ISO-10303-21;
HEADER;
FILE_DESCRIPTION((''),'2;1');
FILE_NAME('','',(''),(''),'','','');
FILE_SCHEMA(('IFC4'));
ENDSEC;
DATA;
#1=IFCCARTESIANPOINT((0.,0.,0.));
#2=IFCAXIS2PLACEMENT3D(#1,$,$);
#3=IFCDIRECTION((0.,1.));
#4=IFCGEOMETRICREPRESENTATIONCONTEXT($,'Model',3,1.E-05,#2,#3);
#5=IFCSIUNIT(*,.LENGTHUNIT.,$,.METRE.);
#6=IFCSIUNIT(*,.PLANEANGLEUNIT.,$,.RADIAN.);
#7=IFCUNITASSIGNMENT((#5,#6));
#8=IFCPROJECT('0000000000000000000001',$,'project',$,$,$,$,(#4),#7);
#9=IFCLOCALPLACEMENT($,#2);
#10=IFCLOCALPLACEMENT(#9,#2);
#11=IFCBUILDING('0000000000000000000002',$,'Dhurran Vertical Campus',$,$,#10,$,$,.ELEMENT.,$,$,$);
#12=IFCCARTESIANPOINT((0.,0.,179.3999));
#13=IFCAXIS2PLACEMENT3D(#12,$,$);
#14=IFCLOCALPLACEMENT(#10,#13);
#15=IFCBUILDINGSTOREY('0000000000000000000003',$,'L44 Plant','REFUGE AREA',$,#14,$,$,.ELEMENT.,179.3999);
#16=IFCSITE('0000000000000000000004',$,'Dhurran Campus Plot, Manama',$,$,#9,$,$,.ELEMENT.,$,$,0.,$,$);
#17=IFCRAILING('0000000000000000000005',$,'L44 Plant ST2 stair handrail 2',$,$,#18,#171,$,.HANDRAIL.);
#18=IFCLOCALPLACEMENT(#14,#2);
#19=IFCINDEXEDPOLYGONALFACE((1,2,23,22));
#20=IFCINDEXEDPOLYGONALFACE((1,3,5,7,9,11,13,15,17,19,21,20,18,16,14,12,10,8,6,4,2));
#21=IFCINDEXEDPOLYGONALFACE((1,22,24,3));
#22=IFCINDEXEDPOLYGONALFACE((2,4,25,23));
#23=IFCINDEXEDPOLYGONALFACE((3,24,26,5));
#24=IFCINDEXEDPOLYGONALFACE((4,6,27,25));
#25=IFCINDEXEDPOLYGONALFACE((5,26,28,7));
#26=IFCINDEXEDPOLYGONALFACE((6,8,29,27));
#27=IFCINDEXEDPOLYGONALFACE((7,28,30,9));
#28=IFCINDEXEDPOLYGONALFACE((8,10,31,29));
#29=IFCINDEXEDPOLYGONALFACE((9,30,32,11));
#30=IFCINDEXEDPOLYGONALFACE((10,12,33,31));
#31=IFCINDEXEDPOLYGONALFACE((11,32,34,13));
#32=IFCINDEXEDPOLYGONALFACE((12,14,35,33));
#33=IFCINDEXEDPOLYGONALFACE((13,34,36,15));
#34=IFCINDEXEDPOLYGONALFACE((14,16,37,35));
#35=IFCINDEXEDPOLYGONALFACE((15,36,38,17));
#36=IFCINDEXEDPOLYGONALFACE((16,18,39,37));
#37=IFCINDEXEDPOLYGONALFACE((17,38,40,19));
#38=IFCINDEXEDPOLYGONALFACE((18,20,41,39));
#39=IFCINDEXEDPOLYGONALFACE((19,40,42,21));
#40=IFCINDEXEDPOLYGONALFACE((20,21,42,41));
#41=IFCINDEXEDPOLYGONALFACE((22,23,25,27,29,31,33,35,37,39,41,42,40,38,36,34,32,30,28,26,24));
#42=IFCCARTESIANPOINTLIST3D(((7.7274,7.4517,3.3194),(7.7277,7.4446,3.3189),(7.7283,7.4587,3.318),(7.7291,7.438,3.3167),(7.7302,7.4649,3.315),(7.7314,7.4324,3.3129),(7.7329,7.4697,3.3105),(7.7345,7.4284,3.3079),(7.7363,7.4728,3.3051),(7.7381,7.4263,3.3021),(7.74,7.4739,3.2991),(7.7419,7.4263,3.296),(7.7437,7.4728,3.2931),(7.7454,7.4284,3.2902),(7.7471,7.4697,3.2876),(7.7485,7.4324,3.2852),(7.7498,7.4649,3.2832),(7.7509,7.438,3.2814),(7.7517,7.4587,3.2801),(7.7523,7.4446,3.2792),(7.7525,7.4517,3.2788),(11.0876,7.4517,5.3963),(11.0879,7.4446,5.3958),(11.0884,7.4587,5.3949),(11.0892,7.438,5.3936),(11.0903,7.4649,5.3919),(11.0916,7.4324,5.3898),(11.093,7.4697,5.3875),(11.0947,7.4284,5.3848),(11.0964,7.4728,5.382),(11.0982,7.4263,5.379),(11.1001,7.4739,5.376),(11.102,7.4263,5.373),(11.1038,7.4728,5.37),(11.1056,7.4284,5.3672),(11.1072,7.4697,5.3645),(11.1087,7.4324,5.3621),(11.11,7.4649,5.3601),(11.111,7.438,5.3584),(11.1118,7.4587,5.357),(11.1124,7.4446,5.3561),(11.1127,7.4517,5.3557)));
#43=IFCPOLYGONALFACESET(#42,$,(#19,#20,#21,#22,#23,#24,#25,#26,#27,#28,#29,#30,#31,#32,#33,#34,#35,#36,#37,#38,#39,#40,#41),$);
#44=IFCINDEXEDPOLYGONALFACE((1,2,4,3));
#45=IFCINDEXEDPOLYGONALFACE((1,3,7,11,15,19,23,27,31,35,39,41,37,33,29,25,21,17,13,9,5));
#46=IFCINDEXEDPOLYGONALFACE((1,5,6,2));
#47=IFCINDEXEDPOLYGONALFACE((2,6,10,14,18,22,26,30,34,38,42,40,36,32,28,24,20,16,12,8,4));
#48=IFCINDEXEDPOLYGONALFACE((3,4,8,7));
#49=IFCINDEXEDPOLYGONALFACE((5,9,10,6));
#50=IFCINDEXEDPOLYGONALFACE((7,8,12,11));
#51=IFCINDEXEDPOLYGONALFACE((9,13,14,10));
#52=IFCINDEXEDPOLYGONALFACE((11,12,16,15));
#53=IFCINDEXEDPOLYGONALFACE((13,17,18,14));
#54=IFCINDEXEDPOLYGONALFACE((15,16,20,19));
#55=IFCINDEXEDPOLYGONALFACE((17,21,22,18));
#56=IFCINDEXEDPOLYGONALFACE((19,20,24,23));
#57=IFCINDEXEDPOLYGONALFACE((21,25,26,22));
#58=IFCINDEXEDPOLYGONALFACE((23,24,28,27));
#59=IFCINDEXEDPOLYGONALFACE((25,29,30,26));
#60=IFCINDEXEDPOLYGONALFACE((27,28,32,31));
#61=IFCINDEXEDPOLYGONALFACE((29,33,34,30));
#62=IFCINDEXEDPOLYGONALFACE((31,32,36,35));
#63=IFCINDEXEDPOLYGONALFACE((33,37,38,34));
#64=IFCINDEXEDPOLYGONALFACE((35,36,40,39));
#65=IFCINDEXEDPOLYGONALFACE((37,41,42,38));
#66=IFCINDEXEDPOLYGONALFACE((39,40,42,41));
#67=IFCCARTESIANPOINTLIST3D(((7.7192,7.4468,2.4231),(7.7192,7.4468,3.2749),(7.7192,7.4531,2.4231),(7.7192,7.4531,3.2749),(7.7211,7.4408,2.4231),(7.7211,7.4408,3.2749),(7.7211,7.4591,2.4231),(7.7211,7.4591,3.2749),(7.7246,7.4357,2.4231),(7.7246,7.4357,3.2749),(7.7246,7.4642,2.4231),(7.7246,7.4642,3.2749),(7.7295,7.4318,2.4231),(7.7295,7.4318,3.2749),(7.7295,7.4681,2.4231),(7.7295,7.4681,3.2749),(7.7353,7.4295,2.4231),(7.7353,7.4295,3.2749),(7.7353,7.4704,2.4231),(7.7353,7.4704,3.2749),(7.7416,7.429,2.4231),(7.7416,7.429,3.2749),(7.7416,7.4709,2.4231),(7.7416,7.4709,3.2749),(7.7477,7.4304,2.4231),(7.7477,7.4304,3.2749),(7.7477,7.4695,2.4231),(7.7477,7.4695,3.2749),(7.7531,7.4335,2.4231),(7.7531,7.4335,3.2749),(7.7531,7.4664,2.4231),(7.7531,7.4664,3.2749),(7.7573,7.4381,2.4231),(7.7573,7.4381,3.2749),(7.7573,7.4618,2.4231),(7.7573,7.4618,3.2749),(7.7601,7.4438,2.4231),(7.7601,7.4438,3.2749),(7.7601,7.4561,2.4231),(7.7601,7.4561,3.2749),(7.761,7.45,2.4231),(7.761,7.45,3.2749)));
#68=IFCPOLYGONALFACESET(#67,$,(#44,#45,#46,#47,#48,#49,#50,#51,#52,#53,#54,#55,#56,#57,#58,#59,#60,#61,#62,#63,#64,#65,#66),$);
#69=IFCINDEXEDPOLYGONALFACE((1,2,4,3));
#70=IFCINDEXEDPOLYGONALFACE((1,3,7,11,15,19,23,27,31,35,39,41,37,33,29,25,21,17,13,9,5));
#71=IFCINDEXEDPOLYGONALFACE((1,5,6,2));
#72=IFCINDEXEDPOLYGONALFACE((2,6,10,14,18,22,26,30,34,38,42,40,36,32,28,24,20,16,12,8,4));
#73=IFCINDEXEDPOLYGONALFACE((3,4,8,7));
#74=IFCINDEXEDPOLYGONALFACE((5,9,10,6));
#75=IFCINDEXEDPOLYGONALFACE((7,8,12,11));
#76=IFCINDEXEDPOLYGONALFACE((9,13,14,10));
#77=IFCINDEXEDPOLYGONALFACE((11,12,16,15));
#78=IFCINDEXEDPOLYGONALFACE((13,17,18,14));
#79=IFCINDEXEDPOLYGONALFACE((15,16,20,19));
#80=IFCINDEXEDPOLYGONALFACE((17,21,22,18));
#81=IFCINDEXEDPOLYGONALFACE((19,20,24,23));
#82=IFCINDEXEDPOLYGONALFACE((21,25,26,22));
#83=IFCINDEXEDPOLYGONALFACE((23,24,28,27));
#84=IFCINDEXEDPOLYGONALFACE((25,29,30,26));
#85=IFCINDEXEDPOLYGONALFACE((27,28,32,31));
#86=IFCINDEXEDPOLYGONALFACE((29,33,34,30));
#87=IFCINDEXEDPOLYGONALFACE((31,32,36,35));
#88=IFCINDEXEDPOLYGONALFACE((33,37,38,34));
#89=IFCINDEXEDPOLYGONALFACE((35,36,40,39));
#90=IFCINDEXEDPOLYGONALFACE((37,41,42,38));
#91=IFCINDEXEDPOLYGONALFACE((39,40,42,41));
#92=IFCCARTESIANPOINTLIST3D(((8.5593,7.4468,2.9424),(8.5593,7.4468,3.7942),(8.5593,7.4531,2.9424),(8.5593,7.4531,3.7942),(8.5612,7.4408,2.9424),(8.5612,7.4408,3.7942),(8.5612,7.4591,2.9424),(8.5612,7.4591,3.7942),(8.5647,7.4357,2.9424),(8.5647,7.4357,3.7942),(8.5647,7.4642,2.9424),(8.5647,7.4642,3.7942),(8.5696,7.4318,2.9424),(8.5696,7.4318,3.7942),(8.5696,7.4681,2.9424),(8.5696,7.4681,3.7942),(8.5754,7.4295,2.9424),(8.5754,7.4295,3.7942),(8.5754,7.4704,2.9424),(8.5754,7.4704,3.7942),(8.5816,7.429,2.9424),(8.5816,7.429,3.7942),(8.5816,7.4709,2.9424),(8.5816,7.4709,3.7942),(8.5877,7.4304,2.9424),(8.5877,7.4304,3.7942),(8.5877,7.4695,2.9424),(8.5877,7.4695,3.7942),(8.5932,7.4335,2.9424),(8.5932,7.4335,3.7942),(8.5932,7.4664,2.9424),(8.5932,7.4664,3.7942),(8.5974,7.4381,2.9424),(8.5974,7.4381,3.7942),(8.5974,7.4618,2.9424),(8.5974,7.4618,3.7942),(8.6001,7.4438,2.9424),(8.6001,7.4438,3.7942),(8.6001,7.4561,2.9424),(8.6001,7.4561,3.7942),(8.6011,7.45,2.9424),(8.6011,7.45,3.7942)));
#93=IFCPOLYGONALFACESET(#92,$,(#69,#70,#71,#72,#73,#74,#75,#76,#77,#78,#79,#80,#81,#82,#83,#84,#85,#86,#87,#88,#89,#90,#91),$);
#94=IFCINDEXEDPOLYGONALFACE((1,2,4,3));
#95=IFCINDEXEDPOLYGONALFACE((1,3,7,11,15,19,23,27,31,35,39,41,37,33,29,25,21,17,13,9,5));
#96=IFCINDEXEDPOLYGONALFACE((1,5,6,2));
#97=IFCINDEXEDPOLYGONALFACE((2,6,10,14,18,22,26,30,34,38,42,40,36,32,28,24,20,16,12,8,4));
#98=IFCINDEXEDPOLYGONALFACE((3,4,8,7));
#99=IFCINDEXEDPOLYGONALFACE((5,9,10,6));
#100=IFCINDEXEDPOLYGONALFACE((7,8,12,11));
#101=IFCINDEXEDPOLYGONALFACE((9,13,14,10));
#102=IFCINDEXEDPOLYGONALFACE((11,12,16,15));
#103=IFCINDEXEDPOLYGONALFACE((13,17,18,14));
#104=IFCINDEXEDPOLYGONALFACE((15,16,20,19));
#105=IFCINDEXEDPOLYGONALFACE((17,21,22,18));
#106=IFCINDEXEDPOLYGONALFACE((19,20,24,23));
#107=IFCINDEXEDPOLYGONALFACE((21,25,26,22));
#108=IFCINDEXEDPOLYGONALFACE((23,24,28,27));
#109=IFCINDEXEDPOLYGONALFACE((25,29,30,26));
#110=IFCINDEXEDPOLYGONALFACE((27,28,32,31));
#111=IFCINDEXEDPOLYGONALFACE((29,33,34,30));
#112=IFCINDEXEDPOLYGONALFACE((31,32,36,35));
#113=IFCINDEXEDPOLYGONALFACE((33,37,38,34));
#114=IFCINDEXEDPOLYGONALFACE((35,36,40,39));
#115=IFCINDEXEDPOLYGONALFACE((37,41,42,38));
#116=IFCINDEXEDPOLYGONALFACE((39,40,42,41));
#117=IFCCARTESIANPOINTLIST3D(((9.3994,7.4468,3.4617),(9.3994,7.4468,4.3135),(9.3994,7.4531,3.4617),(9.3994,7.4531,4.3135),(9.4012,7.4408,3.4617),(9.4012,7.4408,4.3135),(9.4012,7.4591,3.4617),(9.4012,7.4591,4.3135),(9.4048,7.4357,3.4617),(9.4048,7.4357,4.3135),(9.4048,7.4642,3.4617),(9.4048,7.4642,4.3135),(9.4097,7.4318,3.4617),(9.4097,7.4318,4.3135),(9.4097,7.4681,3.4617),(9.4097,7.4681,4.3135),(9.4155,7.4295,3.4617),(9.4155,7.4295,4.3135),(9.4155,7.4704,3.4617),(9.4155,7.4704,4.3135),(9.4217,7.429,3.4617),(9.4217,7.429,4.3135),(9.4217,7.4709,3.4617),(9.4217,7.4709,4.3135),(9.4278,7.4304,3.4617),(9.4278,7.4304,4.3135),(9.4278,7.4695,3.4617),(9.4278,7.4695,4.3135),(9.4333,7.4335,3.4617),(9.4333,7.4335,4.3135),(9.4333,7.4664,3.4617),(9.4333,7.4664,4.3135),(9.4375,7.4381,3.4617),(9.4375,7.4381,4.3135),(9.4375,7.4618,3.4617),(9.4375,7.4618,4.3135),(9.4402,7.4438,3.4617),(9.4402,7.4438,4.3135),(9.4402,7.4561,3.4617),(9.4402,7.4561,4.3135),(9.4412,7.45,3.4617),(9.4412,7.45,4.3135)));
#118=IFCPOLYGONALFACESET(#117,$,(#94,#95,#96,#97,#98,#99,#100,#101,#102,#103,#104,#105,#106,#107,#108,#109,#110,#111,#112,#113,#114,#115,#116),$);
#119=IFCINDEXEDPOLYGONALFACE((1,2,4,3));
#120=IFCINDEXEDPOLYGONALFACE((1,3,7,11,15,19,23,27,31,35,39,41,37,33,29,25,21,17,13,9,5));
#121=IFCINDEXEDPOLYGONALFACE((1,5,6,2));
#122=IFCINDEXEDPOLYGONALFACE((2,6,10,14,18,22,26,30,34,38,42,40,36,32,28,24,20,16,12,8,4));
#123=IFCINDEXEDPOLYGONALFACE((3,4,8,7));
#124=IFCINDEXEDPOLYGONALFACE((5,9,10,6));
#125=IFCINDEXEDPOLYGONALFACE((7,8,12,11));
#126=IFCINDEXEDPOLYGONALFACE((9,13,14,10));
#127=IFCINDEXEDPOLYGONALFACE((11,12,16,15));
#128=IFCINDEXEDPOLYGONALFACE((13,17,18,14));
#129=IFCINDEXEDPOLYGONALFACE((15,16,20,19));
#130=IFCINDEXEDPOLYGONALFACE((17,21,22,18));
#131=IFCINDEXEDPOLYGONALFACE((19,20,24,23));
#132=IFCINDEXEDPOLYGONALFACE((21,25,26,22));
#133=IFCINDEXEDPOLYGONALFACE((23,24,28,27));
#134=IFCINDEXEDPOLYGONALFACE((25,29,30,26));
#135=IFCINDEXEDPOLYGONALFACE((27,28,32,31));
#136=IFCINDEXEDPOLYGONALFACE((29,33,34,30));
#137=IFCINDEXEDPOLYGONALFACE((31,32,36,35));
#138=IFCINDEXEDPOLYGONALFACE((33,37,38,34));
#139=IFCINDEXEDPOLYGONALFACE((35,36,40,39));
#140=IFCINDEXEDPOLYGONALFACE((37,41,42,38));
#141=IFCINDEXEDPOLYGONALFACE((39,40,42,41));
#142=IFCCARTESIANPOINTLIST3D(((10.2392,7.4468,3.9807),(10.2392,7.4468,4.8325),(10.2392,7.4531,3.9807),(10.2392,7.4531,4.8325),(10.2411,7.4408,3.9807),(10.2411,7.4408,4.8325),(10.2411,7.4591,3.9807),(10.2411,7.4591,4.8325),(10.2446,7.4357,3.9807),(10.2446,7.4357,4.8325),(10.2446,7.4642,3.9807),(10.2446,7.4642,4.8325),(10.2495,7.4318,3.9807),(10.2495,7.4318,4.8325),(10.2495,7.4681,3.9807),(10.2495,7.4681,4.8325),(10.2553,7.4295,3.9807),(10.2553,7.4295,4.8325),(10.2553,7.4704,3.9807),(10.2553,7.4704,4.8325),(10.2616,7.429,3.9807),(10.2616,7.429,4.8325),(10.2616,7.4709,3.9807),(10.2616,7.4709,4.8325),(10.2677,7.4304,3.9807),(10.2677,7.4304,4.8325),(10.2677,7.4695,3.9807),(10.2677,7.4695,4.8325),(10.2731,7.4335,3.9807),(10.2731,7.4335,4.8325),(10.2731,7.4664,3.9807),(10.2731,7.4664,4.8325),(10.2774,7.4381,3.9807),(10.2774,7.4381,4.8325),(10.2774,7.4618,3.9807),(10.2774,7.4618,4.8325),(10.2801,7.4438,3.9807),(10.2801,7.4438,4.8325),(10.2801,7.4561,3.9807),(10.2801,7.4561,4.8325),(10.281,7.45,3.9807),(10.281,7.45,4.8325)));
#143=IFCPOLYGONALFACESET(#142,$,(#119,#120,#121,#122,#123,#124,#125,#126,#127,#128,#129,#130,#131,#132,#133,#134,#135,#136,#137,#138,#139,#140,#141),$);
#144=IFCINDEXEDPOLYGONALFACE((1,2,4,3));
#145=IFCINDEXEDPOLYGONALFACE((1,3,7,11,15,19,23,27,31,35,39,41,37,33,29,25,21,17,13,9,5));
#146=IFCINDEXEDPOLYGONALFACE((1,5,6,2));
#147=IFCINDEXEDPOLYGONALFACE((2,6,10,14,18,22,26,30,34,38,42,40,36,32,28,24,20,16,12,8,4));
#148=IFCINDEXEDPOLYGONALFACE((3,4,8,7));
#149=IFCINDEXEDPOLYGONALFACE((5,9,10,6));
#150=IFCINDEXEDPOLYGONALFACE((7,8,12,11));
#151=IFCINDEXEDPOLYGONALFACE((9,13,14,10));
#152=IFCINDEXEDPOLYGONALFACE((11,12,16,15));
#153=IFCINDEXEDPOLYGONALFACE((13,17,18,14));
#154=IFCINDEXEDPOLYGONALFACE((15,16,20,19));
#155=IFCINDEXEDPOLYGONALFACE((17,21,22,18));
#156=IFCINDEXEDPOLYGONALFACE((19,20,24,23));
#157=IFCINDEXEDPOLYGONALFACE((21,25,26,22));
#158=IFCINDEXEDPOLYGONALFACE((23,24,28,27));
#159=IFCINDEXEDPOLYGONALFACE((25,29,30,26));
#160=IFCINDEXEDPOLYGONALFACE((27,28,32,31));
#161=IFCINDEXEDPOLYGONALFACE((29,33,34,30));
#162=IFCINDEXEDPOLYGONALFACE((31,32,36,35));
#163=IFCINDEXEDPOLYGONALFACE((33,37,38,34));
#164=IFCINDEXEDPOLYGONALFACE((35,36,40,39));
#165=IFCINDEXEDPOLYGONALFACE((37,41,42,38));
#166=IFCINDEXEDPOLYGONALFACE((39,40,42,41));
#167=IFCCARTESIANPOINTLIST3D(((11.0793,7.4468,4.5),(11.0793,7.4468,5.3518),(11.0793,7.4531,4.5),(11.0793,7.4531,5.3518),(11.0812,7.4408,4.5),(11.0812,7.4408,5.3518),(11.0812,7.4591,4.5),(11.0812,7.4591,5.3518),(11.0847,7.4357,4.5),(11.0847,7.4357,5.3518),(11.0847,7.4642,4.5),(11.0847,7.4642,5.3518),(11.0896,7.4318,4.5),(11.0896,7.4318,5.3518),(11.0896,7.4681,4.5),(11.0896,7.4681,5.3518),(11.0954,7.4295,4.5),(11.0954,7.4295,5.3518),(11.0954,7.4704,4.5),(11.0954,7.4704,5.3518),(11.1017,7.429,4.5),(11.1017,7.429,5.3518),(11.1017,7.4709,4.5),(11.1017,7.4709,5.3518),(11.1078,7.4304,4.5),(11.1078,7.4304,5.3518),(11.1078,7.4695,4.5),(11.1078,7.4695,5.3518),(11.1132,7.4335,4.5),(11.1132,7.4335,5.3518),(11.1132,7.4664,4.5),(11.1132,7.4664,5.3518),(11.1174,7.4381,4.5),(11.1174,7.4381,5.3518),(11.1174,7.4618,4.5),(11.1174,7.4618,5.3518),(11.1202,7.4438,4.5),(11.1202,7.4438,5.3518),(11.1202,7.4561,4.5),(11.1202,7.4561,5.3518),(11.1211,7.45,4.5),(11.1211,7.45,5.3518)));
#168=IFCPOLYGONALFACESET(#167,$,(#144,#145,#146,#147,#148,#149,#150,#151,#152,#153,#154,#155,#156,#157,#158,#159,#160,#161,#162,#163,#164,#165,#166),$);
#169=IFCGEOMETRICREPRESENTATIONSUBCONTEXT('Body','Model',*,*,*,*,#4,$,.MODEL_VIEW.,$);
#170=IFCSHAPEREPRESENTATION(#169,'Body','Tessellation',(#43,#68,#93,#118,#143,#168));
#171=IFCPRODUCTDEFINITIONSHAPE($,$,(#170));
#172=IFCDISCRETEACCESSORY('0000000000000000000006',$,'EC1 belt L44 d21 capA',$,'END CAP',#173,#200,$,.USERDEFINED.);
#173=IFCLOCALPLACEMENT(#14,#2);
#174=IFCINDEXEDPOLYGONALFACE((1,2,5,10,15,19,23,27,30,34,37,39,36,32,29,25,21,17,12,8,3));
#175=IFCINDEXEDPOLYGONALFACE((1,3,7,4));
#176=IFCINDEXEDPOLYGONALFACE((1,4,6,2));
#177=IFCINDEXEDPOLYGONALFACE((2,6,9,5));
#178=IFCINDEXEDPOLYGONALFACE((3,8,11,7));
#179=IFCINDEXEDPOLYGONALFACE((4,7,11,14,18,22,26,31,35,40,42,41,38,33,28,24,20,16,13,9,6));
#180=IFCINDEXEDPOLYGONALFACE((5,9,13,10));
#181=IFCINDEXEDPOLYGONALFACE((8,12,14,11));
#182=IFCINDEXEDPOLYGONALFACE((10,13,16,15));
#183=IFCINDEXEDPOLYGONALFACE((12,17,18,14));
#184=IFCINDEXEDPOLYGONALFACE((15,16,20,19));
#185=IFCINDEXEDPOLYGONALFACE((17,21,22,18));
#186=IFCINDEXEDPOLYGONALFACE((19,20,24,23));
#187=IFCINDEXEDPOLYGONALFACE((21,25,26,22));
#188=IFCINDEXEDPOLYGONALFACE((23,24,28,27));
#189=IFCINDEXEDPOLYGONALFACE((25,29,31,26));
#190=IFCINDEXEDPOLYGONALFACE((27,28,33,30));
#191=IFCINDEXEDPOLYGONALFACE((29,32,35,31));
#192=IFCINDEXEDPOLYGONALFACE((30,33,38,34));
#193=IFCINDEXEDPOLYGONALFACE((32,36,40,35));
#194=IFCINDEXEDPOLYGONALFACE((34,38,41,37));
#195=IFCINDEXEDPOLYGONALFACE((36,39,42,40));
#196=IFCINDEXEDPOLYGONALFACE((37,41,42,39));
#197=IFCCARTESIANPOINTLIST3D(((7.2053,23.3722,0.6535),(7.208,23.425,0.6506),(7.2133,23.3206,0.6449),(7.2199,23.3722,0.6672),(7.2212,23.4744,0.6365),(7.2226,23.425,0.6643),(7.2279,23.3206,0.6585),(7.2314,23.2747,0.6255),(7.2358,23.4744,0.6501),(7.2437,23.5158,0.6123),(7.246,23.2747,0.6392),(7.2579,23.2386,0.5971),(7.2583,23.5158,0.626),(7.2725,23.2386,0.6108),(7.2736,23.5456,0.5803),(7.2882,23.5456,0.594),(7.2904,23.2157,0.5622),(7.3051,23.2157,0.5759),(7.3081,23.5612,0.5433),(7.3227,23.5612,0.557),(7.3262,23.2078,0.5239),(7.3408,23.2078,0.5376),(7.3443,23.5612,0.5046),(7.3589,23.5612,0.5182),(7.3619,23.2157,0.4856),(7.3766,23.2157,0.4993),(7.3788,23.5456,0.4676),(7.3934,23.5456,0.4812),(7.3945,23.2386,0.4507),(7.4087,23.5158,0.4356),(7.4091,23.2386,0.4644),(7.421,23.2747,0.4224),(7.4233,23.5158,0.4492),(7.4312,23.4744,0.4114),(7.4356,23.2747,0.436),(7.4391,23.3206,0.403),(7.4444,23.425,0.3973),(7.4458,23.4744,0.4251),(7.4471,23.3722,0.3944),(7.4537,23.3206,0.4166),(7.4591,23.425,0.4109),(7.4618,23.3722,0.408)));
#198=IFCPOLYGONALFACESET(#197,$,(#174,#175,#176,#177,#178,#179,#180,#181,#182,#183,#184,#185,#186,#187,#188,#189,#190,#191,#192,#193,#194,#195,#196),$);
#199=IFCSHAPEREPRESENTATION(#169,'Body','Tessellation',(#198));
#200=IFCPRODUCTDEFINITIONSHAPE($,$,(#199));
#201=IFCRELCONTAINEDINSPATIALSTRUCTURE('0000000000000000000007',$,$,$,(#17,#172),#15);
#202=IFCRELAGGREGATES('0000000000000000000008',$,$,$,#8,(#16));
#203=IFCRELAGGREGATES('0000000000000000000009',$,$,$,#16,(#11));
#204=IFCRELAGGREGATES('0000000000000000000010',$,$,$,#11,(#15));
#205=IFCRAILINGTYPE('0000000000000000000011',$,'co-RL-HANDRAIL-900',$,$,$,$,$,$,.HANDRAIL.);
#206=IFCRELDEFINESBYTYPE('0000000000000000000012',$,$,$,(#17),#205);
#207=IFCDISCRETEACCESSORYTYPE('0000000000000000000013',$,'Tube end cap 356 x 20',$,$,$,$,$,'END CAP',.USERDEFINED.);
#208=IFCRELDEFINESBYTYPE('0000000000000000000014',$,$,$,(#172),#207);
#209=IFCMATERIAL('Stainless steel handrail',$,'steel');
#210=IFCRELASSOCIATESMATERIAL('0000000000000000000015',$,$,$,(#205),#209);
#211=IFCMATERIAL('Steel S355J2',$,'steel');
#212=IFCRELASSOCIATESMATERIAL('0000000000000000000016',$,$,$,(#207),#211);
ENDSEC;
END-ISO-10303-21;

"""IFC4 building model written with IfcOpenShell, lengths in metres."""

from ifc_helpers import new_model, si_unit, direction, frame, origin, origin_2d, place, context, subcontext, project, spatial, circle, extrude, material, material_profile, profile_set, type_object, element, save


model = new_model("IFC4")

# Units and contexts
model_context = context("Model", 3, precision=1e-05, world=origin(), true_north=direction((0.0, 1.0)))
body_context = subcontext(model_context, "Body", "Model", "MODEL_VIEW")
ifc_project = project(units=[si_unit("LENGTHUNIT", "METRE"), si_unit("PLANEANGLEUNIT", "RADIAN")], contexts=[model_context])

# Site, building, storey
site_placement = place(None, origin())
site = spatial("IfcSite", under=ifc_project, at=site_placement, Name="Dhurran Campus Plot, Manama", CompositionType="ELEMENT", RefElevation=0.0)
building_placement = place(site_placement, origin())
building = spatial("IfcBuilding", under=site, at=building_placement, Name="Dhurran Vertical Campus", CompositionType="ELEMENT")
storey_placement = place(building_placement, frame((0.0, 0.0, 179.3999)))
storey = spatial("IfcBuildingStorey", under=building, at=storey_placement, Name="L44 Plant", Description="REFUGE AREA", CompositionType="ELEMENT", Elevation=179.3999)

# Railing
ifc_material_1 = material(Name="Stainless steel handrail", Category="steel")
railing_type_1 = type_object("IfcRailingType", Name="co-RL-HANDRAIL-900", PredefinedType="HANDRAIL", material=ifc_material_1)
railing_1_placement = place(storey_placement, frame((7.74, 7.45, 2.4231)))
element("IfcRailing", 1, at=railing_1_placement, inside=storey, type_object=railing_type_1, Name="L44 Plant ST2 stair handrail 2", PredefinedType="HANDRAIL", context=body_context, shape_type="SweptSolid", body=[
    extrude(circle(Radius=0.0239, at=origin_2d()), frame((0.0, 0.0, 0.876), z_axis=(0.850623, 0.0, 0.525776), x_axis=(0.0, 1.0, 0.0)), (0.0, 0.0, 1.0), 3.9502),
    extrude(circle(Radius=0.021, at=origin_2d()), origin(), (0.0, 0.0, 1.0), 0.8518),
    extrude(circle(Radius=0.021, at=origin_2d()), frame((0.8401, 0.0, 0.5193)), (0.0, 0.0, 1.0), 0.8518),
    extrude(circle(Radius=0.021, at=origin_2d()), frame((1.6802, 0.0, 1.0386)), (0.0, 0.0, 1.0), 0.8518),
    extrude(circle(Radius=0.021, at=origin_2d()), frame((2.52, 0.0, 1.5576)), (0.0, 0.0, 1.0), 0.8518),
    extrude(circle(Radius=0.021, at=origin_2d()), frame((3.3601, 0.0, 2.0769)), (0.0, 0.0, 1.0), 0.8518),
])

# Discrete accessory
ifc_material_2 = material(Name="Steel S355J2", Category="steel")
ifc_material_profile_1 = material_profile(ifc_material_2, circle(Radius=0.1777, at=origin_2d()), Name="Tube end cap 356 x 20")
ifc_profile_set_1 = profile_set([ifc_material_profile_1], Name="Steel S355J2")
discrete_accessory_type = type_object("IfcDiscreteAccessoryType", Name="Tube end cap 356 x 20", ElementType="END CAP", PredefinedType="USERDEFINED", material=ifc_profile_set_1)
discrete_accessory_1_placement = place(storey_placement, frame((7.3408, 23.3855, 0.5376), z_axis=(-0.731055, 0.0, -0.682318), x_axis=(0.0, -1.0, 0.0)))
element("IfcDiscreteAccessory", 2, at=discrete_accessory_1_placement, inside=storey, type_object=discrete_accessory_type, Name="EC1 belt L44 d21 capA", ObjectType="END CAP", PredefinedType="USERDEFINED", context=body_context, shape_type="SweptSolid", body=[
    extrude(circle(Radius=0.1777, at=origin_2d()), origin(), (0.0, 0.0, 1.0), 0.02),
])

save(model, "model.ifc")
